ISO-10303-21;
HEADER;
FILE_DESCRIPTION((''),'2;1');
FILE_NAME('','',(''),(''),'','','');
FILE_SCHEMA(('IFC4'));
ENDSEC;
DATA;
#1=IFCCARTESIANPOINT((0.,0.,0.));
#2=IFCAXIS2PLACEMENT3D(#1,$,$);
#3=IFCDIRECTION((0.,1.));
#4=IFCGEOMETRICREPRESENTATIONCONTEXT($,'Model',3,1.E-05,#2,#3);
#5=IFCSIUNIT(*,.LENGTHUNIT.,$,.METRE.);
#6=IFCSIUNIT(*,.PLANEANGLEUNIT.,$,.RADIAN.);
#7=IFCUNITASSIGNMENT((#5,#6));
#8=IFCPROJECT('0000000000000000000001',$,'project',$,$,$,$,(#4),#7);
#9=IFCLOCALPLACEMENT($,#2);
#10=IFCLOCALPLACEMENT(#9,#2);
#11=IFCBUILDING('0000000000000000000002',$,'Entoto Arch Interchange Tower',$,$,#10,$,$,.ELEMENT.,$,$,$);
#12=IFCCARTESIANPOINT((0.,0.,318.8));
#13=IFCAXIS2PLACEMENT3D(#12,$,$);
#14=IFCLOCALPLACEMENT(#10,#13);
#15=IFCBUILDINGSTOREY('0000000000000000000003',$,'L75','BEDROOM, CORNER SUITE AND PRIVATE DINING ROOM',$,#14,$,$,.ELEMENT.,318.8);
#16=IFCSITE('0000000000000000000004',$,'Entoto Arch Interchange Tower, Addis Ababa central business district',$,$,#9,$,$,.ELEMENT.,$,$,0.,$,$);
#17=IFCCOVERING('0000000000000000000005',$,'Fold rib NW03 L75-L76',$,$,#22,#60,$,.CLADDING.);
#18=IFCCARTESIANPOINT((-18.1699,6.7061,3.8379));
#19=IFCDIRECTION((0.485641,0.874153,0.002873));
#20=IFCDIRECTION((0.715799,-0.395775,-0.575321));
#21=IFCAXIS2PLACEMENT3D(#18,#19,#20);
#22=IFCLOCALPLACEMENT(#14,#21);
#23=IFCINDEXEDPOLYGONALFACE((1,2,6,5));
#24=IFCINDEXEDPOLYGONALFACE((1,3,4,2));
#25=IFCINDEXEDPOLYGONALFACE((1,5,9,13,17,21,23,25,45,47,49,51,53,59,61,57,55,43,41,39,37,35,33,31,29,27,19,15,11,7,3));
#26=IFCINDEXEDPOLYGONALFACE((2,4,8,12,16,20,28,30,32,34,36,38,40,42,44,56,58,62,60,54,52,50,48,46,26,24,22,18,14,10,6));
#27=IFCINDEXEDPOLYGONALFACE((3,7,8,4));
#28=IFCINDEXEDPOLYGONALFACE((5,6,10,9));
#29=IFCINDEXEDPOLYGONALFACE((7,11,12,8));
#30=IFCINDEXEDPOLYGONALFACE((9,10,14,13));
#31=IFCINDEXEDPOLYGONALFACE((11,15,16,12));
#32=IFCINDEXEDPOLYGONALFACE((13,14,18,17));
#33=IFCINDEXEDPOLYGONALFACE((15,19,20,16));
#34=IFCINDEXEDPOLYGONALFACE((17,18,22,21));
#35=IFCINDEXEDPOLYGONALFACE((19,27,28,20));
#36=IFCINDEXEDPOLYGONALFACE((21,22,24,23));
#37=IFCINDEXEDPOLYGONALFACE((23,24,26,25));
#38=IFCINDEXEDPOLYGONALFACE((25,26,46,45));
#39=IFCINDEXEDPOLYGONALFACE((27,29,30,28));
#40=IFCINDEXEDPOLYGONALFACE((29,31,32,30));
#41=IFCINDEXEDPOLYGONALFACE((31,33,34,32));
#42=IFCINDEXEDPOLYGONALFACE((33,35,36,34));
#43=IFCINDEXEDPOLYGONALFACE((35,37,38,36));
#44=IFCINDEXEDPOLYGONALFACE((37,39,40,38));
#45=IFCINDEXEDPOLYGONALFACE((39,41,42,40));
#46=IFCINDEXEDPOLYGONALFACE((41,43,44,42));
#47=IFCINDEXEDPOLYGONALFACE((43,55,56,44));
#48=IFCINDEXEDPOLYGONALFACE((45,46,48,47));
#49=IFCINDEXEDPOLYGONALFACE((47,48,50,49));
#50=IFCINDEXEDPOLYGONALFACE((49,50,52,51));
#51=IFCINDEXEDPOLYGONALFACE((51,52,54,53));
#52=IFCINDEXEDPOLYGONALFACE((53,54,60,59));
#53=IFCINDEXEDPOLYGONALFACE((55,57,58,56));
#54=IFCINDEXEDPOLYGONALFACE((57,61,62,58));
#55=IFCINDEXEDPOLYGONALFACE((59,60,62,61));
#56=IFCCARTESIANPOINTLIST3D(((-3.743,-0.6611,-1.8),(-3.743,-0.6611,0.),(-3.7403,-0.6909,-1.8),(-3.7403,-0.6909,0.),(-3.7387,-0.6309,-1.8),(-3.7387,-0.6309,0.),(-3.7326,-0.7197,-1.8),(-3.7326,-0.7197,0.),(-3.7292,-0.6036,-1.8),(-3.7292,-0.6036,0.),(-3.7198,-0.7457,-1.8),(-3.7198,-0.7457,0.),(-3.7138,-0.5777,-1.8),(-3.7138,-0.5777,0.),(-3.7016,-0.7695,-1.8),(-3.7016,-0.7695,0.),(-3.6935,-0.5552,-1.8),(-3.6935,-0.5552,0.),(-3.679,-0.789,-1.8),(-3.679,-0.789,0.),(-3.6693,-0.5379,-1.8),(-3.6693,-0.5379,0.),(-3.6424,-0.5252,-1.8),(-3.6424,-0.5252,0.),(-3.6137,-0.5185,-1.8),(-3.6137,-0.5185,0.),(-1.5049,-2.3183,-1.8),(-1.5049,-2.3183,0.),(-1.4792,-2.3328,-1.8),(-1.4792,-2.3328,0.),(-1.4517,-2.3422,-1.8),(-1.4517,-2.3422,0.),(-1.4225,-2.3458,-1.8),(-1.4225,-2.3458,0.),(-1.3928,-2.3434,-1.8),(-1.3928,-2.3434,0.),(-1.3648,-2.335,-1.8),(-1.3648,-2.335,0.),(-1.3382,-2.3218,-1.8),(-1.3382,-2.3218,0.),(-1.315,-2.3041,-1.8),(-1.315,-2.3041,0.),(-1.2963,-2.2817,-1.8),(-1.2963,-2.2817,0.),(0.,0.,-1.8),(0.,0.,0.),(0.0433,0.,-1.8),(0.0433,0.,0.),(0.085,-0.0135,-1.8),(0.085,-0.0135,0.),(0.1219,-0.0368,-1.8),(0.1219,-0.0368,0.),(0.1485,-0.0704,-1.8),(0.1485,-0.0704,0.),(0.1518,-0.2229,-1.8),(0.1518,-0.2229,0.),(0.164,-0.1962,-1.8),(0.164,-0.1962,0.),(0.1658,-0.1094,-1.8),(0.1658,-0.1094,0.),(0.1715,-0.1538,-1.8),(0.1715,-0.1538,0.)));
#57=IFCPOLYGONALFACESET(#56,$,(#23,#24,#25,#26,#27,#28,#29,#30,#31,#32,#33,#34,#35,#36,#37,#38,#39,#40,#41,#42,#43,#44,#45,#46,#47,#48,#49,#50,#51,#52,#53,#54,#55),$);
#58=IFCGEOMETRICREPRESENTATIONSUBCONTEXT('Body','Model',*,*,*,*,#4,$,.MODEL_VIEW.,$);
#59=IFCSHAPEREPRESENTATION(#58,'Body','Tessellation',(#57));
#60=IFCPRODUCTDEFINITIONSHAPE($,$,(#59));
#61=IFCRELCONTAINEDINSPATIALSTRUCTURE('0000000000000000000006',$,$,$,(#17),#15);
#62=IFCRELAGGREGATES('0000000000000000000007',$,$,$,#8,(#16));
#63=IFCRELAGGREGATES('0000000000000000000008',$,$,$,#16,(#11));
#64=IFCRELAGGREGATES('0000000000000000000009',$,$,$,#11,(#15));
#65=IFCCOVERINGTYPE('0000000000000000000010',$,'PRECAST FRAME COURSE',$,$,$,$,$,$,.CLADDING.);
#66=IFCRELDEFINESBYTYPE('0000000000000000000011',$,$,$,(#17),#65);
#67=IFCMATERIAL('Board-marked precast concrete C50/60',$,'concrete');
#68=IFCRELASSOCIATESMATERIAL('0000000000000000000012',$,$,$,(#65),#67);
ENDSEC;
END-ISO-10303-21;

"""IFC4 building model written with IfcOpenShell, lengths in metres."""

from ifc_helpers import new_model, si_unit, direction, frame, origin, place, context, subcontext, project, spatial, polyline, outline, extrude, material, type_object, element, save


model = new_model("IFC4")

# Units and contexts
model_context = context("Model", 3, precision=1e-05, world=origin(), true_north=direction((0.0, 1.0)))
body_context = subcontext(model_context, "Body", "Model", "MODEL_VIEW")
ifc_project = project(units=[si_unit("LENGTHUNIT", "METRE"), si_unit("PLANEANGLEUNIT", "RADIAN")], contexts=[model_context])

# Site, building, storey
site_placement = place(None, origin())
site = spatial("IfcSite", under=ifc_project, at=site_placement, Name="Entoto Arch Interchange Tower, Addis Ababa central business district", CompositionType="ELEMENT", RefElevation=0.0)
building_placement = place(site_placement, origin())
building = spatial("IfcBuilding", under=site, at=building_placement, Name="Entoto Arch Interchange Tower", CompositionType="ELEMENT")
storey_placement = place(building_placement, frame((0.0, 0.0, 318.8)))
storey = spatial("IfcBuildingStorey", under=building, at=storey_placement, Name="L75", Description="BEDROOM, CORNER SUITE AND PRIVATE DINING ROOM", CompositionType="ELEMENT", Elevation=318.8)

# Covering
ifc_material_1 = material(Name="Board-marked precast concrete C50/60", Category="concrete")
covering_type = type_object("IfcCoveringType", Name="PRECAST FRAME COURSE", PredefinedType="CLADDING", material=ifc_material_1)
covering_placement = place(storey_placement, frame((-18.1699, 6.7061, 3.8379), z_axis=(0.485641, 0.874153, 0.002873), x_axis=(0.715799, -0.395775, -0.575321)))
element("IfcCovering", 1, at=covering_placement, inside=storey, type_object=covering_type, Name="Fold rib NW03 L75-L76", PredefinedType="CLADDING", context=body_context, shape_type="SweptSolid", body=[
    extrude(outline(polyline([(0.0, 0.0), (0.0433, 0.0), (0.085, -0.0135), (0.1219, -0.0368), (0.1485, -0.0704), (0.1658, -0.1094), (0.1715, -0.1538), (0.164, -0.1962), (0.1518, -0.2229), (-1.2963, -2.2817), (-1.315, -2.3041), (-1.3382, -2.3218), (-1.3648, -2.335), (-1.3928, -2.3434), (-1.4225, -2.3458), (-1.4517, -2.3422), (-1.4792, -2.3328), (-1.5049, -2.3183), (-3.679, -0.789), (-3.7016, -0.7695), (-3.7198, -0.7457), (-3.7326, -0.7197), (-3.7403, -0.6909), (-3.743, -0.6611), (-3.7387, -0.6309), (-3.7292, -0.6036), (-3.7138, -0.5777), (-3.6935, -0.5552), (-3.6693, -0.5379), (-3.6424, -0.5252), (-3.6137, -0.5185), (0.0, 0.0)])), origin(), (0.0, 0.0, -1.0), 1.8),
])

save(model, "model.ifc")
